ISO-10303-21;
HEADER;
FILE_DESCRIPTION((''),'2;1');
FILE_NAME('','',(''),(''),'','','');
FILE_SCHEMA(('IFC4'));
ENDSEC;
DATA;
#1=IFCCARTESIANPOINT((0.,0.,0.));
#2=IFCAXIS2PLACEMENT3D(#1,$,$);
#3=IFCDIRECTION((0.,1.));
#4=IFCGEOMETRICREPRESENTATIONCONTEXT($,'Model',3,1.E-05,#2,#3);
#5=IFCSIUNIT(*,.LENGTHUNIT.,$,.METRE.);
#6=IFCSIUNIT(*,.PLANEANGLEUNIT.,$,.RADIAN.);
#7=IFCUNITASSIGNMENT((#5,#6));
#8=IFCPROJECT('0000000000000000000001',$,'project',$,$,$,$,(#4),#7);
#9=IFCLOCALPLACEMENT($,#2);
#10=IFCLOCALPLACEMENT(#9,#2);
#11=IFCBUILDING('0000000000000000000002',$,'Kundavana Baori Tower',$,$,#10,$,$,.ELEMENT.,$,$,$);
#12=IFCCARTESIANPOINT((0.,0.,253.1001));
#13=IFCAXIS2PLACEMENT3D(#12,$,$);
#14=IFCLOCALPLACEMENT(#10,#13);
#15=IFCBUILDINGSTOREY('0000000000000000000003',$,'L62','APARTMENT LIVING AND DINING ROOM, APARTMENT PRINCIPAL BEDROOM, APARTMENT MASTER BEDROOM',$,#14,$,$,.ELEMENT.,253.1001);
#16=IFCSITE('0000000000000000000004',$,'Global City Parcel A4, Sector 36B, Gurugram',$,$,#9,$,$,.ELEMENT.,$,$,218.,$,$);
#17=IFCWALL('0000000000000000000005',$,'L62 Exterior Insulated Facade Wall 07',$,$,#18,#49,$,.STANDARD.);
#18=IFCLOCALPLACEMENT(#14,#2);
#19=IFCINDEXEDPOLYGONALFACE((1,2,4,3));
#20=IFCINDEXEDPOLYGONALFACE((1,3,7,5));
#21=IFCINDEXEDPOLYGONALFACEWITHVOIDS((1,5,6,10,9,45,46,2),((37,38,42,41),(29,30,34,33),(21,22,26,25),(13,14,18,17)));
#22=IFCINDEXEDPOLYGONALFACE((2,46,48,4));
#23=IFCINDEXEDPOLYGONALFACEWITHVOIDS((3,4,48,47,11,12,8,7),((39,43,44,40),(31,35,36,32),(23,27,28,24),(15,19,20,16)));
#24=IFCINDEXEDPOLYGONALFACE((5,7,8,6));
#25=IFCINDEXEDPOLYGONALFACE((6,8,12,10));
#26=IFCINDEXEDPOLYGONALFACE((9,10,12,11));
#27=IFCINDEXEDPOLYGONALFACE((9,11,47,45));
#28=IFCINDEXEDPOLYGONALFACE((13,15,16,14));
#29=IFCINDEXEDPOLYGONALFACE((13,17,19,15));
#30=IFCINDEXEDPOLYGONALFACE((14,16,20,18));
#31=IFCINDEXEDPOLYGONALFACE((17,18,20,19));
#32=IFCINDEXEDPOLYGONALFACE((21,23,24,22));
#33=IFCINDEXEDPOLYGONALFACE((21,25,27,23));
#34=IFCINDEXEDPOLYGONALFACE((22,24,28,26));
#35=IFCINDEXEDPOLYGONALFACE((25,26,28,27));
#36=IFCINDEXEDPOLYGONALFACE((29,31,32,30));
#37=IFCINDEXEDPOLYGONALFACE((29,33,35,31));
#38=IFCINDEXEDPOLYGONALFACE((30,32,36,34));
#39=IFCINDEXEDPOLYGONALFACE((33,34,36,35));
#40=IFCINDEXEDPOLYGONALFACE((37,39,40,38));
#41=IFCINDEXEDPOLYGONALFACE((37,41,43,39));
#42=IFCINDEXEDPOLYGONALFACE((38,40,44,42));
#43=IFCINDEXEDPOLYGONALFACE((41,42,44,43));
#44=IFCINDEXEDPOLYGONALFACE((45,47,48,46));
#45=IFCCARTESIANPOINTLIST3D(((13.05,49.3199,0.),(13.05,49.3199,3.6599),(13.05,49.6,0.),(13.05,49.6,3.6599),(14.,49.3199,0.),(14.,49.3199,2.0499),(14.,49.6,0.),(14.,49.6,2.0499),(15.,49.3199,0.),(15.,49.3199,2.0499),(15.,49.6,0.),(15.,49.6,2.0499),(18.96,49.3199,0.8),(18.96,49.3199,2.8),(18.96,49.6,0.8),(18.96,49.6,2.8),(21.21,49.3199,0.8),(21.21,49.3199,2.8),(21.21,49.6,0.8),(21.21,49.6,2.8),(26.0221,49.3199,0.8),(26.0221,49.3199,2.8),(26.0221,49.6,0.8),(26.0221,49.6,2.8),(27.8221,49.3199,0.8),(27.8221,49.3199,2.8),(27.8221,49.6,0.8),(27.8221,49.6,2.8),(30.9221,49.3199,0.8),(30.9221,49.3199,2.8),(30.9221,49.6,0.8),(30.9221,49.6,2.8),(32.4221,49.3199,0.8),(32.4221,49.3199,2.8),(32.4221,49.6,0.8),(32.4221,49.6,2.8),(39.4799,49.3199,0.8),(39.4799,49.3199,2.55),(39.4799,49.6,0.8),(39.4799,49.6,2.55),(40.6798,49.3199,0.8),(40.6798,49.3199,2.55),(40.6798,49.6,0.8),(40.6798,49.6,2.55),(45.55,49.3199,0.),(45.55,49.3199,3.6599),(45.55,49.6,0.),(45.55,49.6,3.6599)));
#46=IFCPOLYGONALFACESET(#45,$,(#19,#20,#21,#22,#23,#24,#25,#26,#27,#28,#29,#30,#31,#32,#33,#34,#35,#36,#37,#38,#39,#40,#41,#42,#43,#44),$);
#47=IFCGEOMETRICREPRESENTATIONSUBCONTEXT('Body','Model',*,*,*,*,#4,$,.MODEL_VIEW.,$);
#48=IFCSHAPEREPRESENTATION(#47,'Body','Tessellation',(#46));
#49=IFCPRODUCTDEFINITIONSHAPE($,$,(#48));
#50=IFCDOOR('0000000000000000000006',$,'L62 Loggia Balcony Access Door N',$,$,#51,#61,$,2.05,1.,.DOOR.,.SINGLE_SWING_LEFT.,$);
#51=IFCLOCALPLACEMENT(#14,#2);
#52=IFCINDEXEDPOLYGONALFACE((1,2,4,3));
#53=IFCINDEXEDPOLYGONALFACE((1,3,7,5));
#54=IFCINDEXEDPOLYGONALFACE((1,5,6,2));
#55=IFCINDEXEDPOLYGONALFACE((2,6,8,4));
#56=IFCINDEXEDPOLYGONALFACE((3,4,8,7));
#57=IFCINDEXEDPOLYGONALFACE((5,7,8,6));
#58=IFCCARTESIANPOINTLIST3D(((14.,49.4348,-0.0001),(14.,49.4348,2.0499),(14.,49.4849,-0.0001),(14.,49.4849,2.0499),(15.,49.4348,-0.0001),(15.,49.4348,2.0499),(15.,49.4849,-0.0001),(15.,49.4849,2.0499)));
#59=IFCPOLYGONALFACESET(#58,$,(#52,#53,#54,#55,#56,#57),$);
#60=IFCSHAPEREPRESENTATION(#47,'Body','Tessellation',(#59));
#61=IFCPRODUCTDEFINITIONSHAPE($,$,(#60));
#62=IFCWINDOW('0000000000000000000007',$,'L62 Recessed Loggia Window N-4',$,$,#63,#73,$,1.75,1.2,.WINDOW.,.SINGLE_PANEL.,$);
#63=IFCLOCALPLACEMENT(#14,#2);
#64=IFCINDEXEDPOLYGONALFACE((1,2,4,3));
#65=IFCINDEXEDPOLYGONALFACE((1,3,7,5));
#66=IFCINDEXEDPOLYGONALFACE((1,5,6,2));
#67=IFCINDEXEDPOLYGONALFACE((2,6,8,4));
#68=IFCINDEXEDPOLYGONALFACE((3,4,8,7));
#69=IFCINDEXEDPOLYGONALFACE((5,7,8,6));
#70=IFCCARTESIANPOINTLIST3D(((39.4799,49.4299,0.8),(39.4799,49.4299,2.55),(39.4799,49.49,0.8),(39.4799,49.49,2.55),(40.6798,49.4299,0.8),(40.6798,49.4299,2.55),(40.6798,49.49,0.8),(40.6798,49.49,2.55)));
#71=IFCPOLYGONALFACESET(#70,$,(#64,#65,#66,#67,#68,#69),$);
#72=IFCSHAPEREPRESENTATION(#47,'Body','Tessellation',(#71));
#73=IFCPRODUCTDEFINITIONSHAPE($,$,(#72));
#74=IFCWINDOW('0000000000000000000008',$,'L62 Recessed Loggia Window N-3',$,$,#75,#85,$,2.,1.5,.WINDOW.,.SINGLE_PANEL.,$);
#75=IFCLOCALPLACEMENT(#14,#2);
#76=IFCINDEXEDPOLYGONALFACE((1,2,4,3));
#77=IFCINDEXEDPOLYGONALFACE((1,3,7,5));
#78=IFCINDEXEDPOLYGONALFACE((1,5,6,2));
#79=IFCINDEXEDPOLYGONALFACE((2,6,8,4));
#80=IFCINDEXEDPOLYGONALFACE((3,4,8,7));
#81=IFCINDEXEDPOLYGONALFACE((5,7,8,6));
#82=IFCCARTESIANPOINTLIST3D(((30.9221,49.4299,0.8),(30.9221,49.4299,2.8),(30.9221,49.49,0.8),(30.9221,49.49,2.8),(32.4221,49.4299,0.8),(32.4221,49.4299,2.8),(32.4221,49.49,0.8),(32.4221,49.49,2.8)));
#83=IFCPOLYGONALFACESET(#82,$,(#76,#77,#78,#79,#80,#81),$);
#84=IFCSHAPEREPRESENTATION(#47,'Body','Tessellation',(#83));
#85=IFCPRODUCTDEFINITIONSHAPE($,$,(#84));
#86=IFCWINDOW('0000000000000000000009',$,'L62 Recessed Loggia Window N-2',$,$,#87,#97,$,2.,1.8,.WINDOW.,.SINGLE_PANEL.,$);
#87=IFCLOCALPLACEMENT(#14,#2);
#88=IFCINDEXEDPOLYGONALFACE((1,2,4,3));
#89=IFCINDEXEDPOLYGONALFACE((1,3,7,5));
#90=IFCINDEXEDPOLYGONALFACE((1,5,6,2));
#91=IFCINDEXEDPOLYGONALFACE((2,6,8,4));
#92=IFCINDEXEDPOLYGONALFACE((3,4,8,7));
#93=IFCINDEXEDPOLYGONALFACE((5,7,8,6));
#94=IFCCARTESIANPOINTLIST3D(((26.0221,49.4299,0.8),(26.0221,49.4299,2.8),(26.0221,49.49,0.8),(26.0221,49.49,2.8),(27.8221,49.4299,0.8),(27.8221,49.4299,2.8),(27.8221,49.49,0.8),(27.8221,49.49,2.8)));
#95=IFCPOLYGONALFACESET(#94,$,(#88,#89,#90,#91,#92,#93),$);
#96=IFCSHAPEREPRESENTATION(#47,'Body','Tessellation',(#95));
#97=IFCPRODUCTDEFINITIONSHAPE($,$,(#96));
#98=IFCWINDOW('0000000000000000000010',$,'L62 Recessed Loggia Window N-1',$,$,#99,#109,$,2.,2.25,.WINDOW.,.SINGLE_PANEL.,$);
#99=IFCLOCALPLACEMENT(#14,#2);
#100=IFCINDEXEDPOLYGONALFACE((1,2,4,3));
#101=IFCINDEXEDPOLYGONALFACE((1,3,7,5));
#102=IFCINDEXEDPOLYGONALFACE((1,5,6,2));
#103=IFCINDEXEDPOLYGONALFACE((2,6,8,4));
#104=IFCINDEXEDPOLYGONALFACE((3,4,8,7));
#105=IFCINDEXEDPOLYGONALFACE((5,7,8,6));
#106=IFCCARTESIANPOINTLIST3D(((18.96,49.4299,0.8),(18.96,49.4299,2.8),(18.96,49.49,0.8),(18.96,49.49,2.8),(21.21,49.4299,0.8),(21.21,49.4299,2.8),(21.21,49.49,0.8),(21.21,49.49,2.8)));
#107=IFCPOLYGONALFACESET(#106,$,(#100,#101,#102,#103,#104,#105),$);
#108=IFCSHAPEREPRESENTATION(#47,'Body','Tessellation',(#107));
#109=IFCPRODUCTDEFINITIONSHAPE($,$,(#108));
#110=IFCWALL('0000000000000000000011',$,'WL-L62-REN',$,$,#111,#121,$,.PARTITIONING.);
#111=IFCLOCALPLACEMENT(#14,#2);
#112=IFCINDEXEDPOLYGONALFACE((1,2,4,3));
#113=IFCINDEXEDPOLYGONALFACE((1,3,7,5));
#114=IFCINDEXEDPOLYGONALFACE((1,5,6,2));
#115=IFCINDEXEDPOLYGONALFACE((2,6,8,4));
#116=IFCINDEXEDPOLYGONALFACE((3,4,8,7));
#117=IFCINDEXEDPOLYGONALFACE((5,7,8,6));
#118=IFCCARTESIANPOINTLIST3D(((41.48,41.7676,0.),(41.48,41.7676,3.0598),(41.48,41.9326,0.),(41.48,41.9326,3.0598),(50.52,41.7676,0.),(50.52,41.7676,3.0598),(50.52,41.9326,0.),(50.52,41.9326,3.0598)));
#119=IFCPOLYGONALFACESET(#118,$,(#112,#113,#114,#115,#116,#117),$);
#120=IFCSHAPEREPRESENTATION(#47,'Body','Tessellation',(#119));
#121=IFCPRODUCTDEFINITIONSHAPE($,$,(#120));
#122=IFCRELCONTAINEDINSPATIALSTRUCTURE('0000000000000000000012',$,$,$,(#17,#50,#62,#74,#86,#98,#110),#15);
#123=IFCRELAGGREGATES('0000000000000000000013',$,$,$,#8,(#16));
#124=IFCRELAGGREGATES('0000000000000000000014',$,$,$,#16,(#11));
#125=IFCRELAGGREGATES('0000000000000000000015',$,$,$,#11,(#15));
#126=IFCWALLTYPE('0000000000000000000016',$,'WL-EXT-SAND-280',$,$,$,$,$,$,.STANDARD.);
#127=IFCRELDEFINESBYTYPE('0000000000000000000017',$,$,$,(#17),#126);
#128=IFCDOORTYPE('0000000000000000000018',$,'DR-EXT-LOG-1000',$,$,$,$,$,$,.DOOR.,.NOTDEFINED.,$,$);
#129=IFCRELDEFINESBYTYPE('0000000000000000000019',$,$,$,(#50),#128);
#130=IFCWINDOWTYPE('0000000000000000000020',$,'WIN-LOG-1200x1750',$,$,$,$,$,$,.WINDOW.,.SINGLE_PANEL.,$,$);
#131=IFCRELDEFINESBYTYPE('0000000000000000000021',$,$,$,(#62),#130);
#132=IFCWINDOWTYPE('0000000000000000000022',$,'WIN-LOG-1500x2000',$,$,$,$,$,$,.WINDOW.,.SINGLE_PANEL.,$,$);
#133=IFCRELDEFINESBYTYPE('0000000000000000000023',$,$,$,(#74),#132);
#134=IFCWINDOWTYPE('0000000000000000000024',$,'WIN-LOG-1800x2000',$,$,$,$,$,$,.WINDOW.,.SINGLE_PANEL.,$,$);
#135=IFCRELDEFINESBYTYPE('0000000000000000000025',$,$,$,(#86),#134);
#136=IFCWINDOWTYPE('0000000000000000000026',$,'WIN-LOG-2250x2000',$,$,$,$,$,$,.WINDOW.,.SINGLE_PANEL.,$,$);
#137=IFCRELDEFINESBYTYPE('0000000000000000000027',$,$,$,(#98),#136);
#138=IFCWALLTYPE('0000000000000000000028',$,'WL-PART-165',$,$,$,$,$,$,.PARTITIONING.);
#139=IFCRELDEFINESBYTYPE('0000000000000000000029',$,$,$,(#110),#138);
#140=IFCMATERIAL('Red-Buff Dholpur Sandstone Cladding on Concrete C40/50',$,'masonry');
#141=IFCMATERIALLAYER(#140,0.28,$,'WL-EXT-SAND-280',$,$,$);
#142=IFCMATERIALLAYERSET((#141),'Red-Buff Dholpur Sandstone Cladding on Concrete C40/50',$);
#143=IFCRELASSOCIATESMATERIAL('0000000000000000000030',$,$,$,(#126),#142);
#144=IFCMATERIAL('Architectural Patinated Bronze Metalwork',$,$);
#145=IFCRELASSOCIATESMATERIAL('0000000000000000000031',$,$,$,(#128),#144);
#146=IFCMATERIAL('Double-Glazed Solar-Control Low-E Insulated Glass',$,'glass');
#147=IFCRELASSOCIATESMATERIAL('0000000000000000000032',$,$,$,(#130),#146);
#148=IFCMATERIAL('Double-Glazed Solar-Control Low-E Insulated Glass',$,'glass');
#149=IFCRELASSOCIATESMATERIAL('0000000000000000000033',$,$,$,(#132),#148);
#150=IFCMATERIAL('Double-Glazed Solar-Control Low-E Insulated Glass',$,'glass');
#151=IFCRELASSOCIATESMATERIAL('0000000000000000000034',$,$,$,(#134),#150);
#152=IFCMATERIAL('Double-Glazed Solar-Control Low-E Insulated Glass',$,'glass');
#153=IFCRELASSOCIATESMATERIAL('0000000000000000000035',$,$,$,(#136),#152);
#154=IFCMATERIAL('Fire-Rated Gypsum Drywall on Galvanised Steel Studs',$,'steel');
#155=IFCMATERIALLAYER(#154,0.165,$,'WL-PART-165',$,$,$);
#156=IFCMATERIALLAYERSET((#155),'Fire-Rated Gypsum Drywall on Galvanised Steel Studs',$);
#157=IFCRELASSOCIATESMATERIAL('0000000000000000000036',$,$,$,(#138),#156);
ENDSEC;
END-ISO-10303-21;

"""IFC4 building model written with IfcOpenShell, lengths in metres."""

from ifc_helpers import new_model, si_unit, direction, frame, frame_2d, origin, place, context, subcontext, project, spatial, rectangle, extrude, material, layer, layer_set, type_object, element, fill, save


model = new_model("IFC4")

# Units and contexts
model_context = context("Model", 3, precision=1e-05, world=origin(), true_north=direction((0.0, 1.0)))
body_context = subcontext(model_context, "Body", "Model", "MODEL_VIEW")
ifc_project = project(units=[si_unit("LENGTHUNIT", "METRE"), si_unit("PLANEANGLEUNIT", "RADIAN")], contexts=[model_context])

# Site, building, storey
site_placement = place(None, origin())
site = spatial("IfcSite", under=ifc_project, at=site_placement, Name="Global City Parcel A4, Sector 36B, Gurugram", CompositionType="ELEMENT", RefElevation=218.0)
building_placement = place(site_placement, origin())
building = spatial("IfcBuilding", under=site, at=building_placement, Name="Kundavana Baori Tower", CompositionType="ELEMENT")
storey_placement = place(building_placement, frame((0.0, 0.0, 253.1001)))
storey = spatial("IfcBuildingStorey", under=building, at=storey_placement, Name="L62", Description="APARTMENT LIVING AND DINING ROOM, APARTMENT PRINCIPAL BEDROOM, APARTMENT MASTER BEDROOM", CompositionType="ELEMENT", Elevation=253.1001)

# Shared definitions
ifc_material_1 = material(Name="Red-Buff Dholpur Sandstone Cladding on Concrete C40/50", Category="masonry")
ifc_layer_1 = layer(ifc_material_1, 0.28, Name="WL-EXT-SAND-280")
ifc_layer_set_1 = layer_set([ifc_layer_1], Name="Red-Buff Dholpur Sandstone Cladding on Concrete C40/50")
wall_type_1 = type_object("IfcWallType", Name="WL-EXT-SAND-280", PredefinedType="STANDARD", material=ifc_layer_set_1)

# Wall, openings, door, windows
wall_1_placement = place(storey_placement, frame((45.55, 49.46, 0.0), z_axis=(0.0, 0.0, 1.0), x_axis=(-1.0, 0.0, 0.0)))
wall_1 = element("IfcWall", 1, at=wall_1_placement, inside=storey, type_object=wall_type_1, Name="L62 Exterior Insulated Facade Wall 07", PredefinedType="STANDARD", context=body_context, shape_type="SweptSolid", body=[
    extrude(rectangle(XDim=32.5, YDim=0.28, at=frame_2d((16.25, 0.0))), origin(), (0.0, 0.0, 1.0), 3.6599),
])
opening_1_placement = place(wall_1_placement, frame((30.55, 0.0, 0.0)))
opening_1 = element("IfcOpeningElement", 2, at=opening_1_placement, cuts=wall_1, PredefinedType="OPENING", context=body_context, shape_type="SweptSolid", body=[
    extrude(rectangle(XDim=1.0, YDim=2.05, at=frame_2d((0.5, 1.0249))), frame((0.0, 0.1499, 0.0), z_axis=(0.0, -1.0, 0.0), x_axis=(1.0, 0.0, 0.0)), (0.0, 0.0, 1.0), 0.3),
])
opening_2_placement = place(wall_1_placement, frame((24.3401, 0.0, 0.8)))
opening_2 = element("IfcOpeningElement", 3, at=opening_2_placement, cuts=wall_1, PredefinedType="OPENING", context=body_context, shape_type="SweptSolid", body=[
    extrude(rectangle(XDim=2.25, YDim=2.0, at=frame_2d((1.125, 1.0))), frame((0.0, 0.1499, 0.0), z_axis=(0.0, -1.0, 0.0), x_axis=(1.0, 0.0, 0.0)), (0.0, 0.0, 1.0), 0.3),
])
opening_3_placement = place(wall_1_placement, frame((17.728, 0.0, 0.8)))
opening_3 = element("IfcOpeningElement", 4, at=opening_3_placement, cuts=wall_1, PredefinedType="OPENING", context=body_context, shape_type="SweptSolid", body=[
    extrude(rectangle(XDim=1.8, YDim=2.0, at=frame_2d((0.8999, 1.0))), frame((0.0, 0.1499, 0.0), z_axis=(0.0, -1.0, 0.0), x_axis=(1.0, 0.0, 0.0)), (0.0, 0.0, 1.0), 0.3),
])
opening_4_placement = place(wall_1_placement, frame((13.1279, 0.0, 0.8)))
opening_4 = element("IfcOpeningElement", 5, at=opening_4_placement, cuts=wall_1, PredefinedType="OPENING", context=body_context, shape_type="SweptSolid", body=[
    extrude(rectangle(XDim=1.5, YDim=2.0, at=frame_2d((0.75, 1.0))), frame((0.0, 0.1499, 0.0), z_axis=(0.0, -1.0, 0.0), x_axis=(1.0, 0.0, 0.0)), (0.0, 0.0, 1.0), 0.3),
])
opening_5_placement = place(wall_1_placement, frame((4.8701, 0.0, 0.8)))
opening_5 = element("IfcOpeningElement", 6, at=opening_5_placement, cuts=wall_1, PredefinedType="OPENING", context=body_context, shape_type="SweptSolid", body=[
    extrude(rectangle(XDim=1.2, YDim=1.75, at=frame_2d((0.6001, 0.875))), frame((0.0, 0.1499, 0.0), z_axis=(0.0, -1.0, 0.0), x_axis=(1.0, 0.0, 0.0)), (0.0, 0.0, 1.0), 0.3),
])
ifc_material_2 = material(Name="Architectural Patinated Bronze Metalwork")
door_type_1 = type_object("IfcDoorType", Name="DR-EXT-LOG-1000", OperationType="NOTDEFINED", PredefinedType="DOOR", material=ifc_material_2)
door_1_placement = place(opening_1_placement, frame((1.0, 0.0, 0.0), z_axis=(0.0, 0.0, 1.0), x_axis=(-1.0, 0.0, 0.0)))
door_1 = element("IfcDoor", 7, at=door_1_placement, inside=storey, type_object=door_type_1, Name="L62 Loggia Balcony Access Door N", OperationType="SINGLE_SWING_LEFT", OverallHeight=2.05, OverallWidth=1.0, PredefinedType="DOOR", context=body_context, shape_type="SweptSolid", body=[
    extrude(rectangle(XDim=1.0, YDim=2.05, at=frame_2d((0.5, 1.0249))), frame((0.0, 0.0249, 0.0), z_axis=(0.0, -1.0, 0.0), x_axis=(1.0, 0.0, 0.0)), (0.0, 0.0, 1.0), 0.05),
])
fill(opening_1, door_1)
ifc_material_3 = material(Name="Double-Glazed Solar-Control Low-E Insulated Glass", Category="glass")
window_type_1 = type_object("IfcWindowType", Name="WIN-LOG-1200x1750", PartitioningType="SINGLE_PANEL", PredefinedType="WINDOW", material=ifc_material_3)
window_1_placement = place(opening_5_placement, origin())
window_1 = element("IfcWindow", 8, at=window_1_placement, inside=storey, type_object=window_type_1, Name="L62 Recessed Loggia Window N-4", OverallHeight=1.75, OverallWidth=1.2, PartitioningType="SINGLE_PANEL", PredefinedType="WINDOW", context=body_context, shape_type="SweptSolid", body=[
    extrude(rectangle(XDim=1.2, YDim=1.75, at=frame_2d((0.6001, 0.875))), frame((0.0, 0.03, 0.0), z_axis=(0.0, -1.0, 0.0), x_axis=(1.0, 0.0, 0.0)), (0.0, 0.0, 1.0), 0.0601),
])
fill(opening_5, window_1)
ifc_material_4 = material(Name="Double-Glazed Solar-Control Low-E Insulated Glass", Category="glass")
window_type_2 = type_object("IfcWindowType", Name="WIN-LOG-1500x2000", PartitioningType="SINGLE_PANEL", PredefinedType="WINDOW", material=ifc_material_4)
window_2_placement = place(opening_4_placement, origin())
window_2 = element("IfcWindow", 9, at=window_2_placement, inside=storey, type_object=window_type_2, Name="L62 Recessed Loggia Window N-3", OverallHeight=2.0, OverallWidth=1.5, PartitioningType="SINGLE_PANEL", PredefinedType="WINDOW", context=body_context, shape_type="SweptSolid", body=[
    extrude(rectangle(XDim=1.5, YDim=2.0, at=frame_2d((0.75, 1.0))), frame((0.0, 0.03, 0.0), z_axis=(0.0, -1.0, 0.0), x_axis=(1.0, 0.0, 0.0)), (0.0, 0.0, 1.0), 0.0601),
])
fill(opening_4, window_2)
ifc_material_5 = material(Name="Double-Glazed Solar-Control Low-E Insulated Glass", Category="glass")
window_type_3 = type_object("IfcWindowType", Name="WIN-LOG-1800x2000", PartitioningType="SINGLE_PANEL", PredefinedType="WINDOW", material=ifc_material_5)
window_3_placement = place(opening_3_placement, origin())
window_3 = element("IfcWindow", 10, at=window_3_placement, inside=storey, type_object=window_type_3, Name="L62 Recessed Loggia Window N-2", OverallHeight=2.0, OverallWidth=1.8, PartitioningType="SINGLE_PANEL", PredefinedType="WINDOW", context=body_context, shape_type="SweptSolid", body=[
    extrude(rectangle(XDim=1.8, YDim=2.0, at=frame_2d((0.8999, 1.0))), frame((0.0, 0.03, 0.0), z_axis=(0.0, -1.0, 0.0), x_axis=(1.0, 0.0, 0.0)), (0.0, 0.0, 1.0), 0.0601),
])
fill(opening_3, window_3)
ifc_material_6 = material(Name="Double-Glazed Solar-Control Low-E Insulated Glass", Category="glass")
window_type_4 = type_object("IfcWindowType", Name="WIN-LOG-2250x2000", PartitioningType="SINGLE_PANEL", PredefinedType="WINDOW", material=ifc_material_6)
window_4_placement = place(opening_2_placement, origin())
window_4 = element("IfcWindow", 11, at=window_4_placement, inside=storey, type_object=window_type_4, Name="L62 Recessed Loggia Window N-1", OverallHeight=2.0, OverallWidth=2.25, PartitioningType="SINGLE_PANEL", PredefinedType="WINDOW", context=body_context, shape_type="SweptSolid", body=[
    extrude(rectangle(XDim=2.25, YDim=2.0, at=frame_2d((1.125, 1.0))), frame((0.0, 0.03, 0.0), z_axis=(0.0, -1.0, 0.0), x_axis=(1.0, 0.0, 0.0)), (0.0, 0.0, 1.0), 0.0601),
])
fill(opening_2, window_4)

# Wall
ifc_material_7 = material(Name="Fire-Rated Gypsum Drywall on Galvanised Steel Studs", Category="steel")
ifc_layer_2 = layer(ifc_material_7, 0.165, Name="WL-PART-165")
ifc_layer_set_2 = layer_set([ifc_layer_2], Name="Fire-Rated Gypsum Drywall on Galvanised Steel Studs")
wall_type_2 = type_object("IfcWallType", Name="WL-PART-165", PredefinedType="PARTITIONING", material=ifc_layer_set_2)
wall_2_placement = place(storey_placement, frame((41.48, 41.8501, 0.0), z_axis=(0.0, 0.0, 1.0), x_axis=(1.0, 0.0, 0.0)))
element("IfcWall", 12, at=wall_2_placement, inside=storey, type_object=wall_type_2, Name="WL-L62-REN", PredefinedType="PARTITIONING", context=body_context, shape_type="SweptSolid", body=[
    extrude(rectangle(XDim=9.04, YDim=0.165, at=frame_2d((4.52, 0.0))), origin(), (0.0, 0.0, 1.0), 3.0598),
])

save(model, "model.ifc")
